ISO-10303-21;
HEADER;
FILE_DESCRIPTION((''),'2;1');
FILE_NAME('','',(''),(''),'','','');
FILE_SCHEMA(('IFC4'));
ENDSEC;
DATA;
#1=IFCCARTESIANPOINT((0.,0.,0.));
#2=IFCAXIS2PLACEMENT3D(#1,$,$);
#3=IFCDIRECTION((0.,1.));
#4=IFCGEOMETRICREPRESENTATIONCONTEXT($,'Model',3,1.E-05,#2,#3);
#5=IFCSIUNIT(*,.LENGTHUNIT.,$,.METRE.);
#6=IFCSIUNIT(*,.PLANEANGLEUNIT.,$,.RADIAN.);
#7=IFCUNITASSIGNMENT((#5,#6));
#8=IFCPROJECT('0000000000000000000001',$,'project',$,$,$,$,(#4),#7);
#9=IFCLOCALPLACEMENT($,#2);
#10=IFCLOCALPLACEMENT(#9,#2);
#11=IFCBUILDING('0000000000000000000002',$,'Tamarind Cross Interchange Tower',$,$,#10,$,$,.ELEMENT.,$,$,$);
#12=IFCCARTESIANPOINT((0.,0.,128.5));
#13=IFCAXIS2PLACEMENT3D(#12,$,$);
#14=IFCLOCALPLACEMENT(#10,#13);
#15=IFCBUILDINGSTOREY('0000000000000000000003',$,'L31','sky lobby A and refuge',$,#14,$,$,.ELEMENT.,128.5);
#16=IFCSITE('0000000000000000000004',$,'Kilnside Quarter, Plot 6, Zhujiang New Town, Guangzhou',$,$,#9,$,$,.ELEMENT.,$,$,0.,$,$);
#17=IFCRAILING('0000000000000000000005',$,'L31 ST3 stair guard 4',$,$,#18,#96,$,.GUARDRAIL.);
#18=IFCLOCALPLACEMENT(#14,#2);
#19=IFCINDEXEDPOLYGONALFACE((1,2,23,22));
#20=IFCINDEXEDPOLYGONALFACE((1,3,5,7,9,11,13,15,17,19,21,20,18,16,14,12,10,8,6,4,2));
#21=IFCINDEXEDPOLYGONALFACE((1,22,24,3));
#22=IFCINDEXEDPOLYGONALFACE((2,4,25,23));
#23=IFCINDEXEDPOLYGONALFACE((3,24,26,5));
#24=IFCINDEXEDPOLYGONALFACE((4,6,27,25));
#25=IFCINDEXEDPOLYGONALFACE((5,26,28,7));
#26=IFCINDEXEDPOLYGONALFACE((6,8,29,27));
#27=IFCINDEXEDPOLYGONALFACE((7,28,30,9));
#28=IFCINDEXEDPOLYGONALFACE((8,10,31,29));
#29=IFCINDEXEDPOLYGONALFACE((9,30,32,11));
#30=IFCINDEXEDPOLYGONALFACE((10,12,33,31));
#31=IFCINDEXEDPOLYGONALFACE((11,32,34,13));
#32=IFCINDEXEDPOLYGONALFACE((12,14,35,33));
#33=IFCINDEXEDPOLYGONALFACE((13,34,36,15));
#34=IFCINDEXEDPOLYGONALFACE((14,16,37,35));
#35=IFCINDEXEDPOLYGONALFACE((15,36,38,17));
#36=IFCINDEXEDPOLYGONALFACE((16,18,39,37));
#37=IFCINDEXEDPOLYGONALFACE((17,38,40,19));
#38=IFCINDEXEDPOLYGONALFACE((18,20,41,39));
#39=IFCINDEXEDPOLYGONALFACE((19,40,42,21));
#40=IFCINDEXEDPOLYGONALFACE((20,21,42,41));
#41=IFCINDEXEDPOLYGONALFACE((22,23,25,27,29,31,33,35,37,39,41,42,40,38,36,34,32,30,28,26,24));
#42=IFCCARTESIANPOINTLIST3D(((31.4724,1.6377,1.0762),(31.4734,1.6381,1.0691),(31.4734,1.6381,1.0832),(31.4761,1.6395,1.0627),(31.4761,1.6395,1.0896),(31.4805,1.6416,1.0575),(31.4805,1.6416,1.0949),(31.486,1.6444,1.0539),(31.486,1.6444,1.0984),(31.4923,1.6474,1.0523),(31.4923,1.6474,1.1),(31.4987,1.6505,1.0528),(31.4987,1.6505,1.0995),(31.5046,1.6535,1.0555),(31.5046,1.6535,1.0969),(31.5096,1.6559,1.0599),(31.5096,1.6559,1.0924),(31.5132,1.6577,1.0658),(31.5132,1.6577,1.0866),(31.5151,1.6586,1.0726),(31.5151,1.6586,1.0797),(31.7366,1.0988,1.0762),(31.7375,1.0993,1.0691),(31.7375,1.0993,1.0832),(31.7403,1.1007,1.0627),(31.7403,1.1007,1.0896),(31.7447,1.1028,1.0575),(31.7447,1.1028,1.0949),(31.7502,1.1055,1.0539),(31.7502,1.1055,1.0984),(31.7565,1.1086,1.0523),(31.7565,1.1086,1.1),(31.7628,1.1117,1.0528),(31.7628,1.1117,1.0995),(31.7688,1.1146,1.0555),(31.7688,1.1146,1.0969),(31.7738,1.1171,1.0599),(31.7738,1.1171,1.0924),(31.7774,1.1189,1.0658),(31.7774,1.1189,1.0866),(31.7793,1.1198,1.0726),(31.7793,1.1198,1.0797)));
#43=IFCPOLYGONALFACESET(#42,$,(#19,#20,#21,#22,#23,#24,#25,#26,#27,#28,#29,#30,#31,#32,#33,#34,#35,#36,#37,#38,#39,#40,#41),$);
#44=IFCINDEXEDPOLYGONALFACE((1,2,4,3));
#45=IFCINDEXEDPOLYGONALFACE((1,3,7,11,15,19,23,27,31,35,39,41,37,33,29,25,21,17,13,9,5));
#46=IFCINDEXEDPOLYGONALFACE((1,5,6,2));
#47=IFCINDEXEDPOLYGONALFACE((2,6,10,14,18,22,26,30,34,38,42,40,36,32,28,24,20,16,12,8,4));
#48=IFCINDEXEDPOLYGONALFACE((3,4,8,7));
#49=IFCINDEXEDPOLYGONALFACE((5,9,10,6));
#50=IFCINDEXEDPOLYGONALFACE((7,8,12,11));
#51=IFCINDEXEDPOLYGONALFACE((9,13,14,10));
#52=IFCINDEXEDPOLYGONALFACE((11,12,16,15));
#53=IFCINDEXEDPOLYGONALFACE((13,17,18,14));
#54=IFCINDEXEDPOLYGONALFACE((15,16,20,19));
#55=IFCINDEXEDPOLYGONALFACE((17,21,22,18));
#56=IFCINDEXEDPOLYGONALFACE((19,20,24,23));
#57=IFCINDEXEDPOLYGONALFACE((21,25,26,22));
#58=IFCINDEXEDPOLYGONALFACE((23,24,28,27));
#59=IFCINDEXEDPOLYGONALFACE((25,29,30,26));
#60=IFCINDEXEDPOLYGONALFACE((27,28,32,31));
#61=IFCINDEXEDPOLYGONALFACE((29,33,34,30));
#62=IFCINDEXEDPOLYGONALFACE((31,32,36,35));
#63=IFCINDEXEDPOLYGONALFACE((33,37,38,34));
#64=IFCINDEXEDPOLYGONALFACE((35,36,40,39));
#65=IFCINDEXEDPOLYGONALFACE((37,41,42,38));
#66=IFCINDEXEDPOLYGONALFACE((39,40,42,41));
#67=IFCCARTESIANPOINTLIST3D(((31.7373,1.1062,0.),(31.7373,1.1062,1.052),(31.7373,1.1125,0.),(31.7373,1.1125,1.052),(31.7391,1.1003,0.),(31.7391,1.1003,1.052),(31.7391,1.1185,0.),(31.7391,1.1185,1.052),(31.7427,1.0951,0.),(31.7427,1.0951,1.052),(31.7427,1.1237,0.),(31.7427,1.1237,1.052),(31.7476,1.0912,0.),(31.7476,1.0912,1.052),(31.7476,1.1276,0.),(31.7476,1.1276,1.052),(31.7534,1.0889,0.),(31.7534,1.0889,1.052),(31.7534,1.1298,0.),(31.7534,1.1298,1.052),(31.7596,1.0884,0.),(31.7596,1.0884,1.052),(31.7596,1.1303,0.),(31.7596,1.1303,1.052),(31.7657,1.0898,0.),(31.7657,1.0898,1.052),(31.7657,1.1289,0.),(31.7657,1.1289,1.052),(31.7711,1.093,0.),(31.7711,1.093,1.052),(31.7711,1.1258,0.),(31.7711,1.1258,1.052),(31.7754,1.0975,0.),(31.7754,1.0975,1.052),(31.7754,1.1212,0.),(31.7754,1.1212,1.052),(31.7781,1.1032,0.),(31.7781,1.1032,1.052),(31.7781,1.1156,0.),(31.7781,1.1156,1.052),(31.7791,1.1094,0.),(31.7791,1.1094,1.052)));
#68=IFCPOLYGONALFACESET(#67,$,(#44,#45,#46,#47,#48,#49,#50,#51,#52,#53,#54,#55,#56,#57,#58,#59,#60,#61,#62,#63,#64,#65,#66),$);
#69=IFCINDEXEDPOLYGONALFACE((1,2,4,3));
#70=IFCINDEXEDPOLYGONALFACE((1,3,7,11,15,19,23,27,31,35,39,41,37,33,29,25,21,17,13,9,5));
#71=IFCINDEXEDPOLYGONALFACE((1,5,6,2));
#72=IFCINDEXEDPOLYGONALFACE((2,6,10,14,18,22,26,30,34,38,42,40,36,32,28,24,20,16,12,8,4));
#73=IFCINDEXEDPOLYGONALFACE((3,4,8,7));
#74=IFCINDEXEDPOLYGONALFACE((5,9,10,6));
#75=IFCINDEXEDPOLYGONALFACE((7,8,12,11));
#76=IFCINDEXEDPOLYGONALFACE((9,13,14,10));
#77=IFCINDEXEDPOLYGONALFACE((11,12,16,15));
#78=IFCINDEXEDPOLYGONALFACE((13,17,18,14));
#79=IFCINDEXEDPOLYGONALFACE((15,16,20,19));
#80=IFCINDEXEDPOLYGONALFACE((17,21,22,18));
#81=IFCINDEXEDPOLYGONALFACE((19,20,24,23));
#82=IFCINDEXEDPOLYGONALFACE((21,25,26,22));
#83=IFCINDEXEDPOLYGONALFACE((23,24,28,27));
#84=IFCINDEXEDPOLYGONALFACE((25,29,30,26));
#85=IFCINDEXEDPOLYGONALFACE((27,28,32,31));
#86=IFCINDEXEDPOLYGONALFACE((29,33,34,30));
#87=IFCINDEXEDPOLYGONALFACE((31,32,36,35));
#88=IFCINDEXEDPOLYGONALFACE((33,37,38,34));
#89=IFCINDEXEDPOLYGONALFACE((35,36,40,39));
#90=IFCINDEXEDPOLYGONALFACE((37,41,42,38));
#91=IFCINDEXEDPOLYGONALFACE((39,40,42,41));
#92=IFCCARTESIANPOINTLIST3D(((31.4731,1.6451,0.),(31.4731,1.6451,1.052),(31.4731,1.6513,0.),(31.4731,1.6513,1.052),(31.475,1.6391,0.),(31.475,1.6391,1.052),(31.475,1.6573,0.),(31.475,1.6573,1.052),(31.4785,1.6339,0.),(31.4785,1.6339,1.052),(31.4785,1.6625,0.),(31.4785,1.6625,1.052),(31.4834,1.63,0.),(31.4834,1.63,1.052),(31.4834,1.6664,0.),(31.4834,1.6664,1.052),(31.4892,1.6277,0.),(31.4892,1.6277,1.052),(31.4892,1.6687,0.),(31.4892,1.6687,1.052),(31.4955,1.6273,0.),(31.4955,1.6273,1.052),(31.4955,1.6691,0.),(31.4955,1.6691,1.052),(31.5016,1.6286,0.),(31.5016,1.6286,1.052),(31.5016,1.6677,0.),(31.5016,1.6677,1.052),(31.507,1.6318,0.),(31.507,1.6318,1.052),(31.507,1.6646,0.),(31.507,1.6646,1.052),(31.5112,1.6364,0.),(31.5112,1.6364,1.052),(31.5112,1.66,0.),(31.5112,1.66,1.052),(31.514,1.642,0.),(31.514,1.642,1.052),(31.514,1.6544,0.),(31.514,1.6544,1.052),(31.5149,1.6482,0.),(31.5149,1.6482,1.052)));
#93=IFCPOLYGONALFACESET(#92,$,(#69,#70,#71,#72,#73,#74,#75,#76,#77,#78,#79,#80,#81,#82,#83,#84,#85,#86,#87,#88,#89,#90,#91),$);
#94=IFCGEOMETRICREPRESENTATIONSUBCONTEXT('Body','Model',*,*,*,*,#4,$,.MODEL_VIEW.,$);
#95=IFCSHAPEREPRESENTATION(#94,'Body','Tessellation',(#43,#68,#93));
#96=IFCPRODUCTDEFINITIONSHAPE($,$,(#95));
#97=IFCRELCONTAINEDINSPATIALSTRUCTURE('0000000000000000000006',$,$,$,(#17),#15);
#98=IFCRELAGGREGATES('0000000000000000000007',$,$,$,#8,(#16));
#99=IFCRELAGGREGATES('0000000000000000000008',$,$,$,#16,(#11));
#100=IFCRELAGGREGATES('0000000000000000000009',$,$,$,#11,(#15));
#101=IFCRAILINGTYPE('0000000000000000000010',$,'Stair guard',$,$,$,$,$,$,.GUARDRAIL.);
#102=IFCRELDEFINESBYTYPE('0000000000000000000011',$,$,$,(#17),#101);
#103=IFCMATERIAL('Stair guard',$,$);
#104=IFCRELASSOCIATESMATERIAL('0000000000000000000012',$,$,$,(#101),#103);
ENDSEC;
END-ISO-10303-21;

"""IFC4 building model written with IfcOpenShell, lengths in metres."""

from ifc_helpers import new_model, si_unit, direction, frame, origin, origin_2d, place, context, subcontext, project, spatial, circle, extrude, material, type_object, element, save


model = new_model("IFC4")

# Units and contexts
model_context = context("Model", 3, precision=1e-05, world=origin(), true_north=direction((0.0, 1.0)))
body_context = subcontext(model_context, "Body", "Model", "MODEL_VIEW")
ifc_project = project(units=[si_unit("LENGTHUNIT", "METRE"), si_unit("PLANEANGLEUNIT", "RADIAN")], contexts=[model_context])

# Site, building, storey
site_placement = place(None, origin())
site = spatial("IfcSite", under=ifc_project, at=site_placement, Name="Kilnside Quarter, Plot 6, Zhujiang New Town, Guangzhou", CompositionType="ELEMENT", RefElevation=0.0)
building_placement = place(site_placement, origin())
building = spatial("IfcBuilding", under=site, at=building_placement, Name="Tamarind Cross Interchange Tower", CompositionType="ELEMENT")
storey_placement = place(building_placement, frame((0.0, 0.0, 128.5)))
storey = spatial("IfcBuildingStorey", under=building, at=storey_placement, Name="L31", Description="sky lobby A and refuge", CompositionType="ELEMENT", Elevation=128.5)

# Railing
ifc_material_1 = material(Name="Stair guard")
railing_type_1 = type_object("IfcRailingType", Name="Stair guard", PredefinedType="GUARDRAIL", material=ifc_material_1)
railing_1_placement = place(storey_placement, frame((31.7581, 1.1094, 0.0)))
element("IfcRailing", 1, at=railing_1_placement, inside=storey, type_object=railing_type_1, Name="L31 ST3 stair guard 4", PredefinedType="GUARDRAIL", context=body_context, shape_type="SweptSolid", body=[
    extrude(circle(Radius=0.0239, at=origin_2d()), frame((0.0, 0.0, 1.0762), z_axis=(-0.440202, 0.897899, 0.0), x_axis=(-0.897899, -0.440202, 0.0)), (0.0, 0.0, 1.0), 0.6001),
    extrude(circle(Radius=0.021, at=origin_2d()), origin(), (0.0, 0.0, 1.0), 1.052),
    extrude(circle(Radius=0.021, at=origin_2d()), frame((-0.2642, 0.5388, 0.0)), (0.0, 0.0, 1.0), 1.052),
])

save(model, "model.ifc")
